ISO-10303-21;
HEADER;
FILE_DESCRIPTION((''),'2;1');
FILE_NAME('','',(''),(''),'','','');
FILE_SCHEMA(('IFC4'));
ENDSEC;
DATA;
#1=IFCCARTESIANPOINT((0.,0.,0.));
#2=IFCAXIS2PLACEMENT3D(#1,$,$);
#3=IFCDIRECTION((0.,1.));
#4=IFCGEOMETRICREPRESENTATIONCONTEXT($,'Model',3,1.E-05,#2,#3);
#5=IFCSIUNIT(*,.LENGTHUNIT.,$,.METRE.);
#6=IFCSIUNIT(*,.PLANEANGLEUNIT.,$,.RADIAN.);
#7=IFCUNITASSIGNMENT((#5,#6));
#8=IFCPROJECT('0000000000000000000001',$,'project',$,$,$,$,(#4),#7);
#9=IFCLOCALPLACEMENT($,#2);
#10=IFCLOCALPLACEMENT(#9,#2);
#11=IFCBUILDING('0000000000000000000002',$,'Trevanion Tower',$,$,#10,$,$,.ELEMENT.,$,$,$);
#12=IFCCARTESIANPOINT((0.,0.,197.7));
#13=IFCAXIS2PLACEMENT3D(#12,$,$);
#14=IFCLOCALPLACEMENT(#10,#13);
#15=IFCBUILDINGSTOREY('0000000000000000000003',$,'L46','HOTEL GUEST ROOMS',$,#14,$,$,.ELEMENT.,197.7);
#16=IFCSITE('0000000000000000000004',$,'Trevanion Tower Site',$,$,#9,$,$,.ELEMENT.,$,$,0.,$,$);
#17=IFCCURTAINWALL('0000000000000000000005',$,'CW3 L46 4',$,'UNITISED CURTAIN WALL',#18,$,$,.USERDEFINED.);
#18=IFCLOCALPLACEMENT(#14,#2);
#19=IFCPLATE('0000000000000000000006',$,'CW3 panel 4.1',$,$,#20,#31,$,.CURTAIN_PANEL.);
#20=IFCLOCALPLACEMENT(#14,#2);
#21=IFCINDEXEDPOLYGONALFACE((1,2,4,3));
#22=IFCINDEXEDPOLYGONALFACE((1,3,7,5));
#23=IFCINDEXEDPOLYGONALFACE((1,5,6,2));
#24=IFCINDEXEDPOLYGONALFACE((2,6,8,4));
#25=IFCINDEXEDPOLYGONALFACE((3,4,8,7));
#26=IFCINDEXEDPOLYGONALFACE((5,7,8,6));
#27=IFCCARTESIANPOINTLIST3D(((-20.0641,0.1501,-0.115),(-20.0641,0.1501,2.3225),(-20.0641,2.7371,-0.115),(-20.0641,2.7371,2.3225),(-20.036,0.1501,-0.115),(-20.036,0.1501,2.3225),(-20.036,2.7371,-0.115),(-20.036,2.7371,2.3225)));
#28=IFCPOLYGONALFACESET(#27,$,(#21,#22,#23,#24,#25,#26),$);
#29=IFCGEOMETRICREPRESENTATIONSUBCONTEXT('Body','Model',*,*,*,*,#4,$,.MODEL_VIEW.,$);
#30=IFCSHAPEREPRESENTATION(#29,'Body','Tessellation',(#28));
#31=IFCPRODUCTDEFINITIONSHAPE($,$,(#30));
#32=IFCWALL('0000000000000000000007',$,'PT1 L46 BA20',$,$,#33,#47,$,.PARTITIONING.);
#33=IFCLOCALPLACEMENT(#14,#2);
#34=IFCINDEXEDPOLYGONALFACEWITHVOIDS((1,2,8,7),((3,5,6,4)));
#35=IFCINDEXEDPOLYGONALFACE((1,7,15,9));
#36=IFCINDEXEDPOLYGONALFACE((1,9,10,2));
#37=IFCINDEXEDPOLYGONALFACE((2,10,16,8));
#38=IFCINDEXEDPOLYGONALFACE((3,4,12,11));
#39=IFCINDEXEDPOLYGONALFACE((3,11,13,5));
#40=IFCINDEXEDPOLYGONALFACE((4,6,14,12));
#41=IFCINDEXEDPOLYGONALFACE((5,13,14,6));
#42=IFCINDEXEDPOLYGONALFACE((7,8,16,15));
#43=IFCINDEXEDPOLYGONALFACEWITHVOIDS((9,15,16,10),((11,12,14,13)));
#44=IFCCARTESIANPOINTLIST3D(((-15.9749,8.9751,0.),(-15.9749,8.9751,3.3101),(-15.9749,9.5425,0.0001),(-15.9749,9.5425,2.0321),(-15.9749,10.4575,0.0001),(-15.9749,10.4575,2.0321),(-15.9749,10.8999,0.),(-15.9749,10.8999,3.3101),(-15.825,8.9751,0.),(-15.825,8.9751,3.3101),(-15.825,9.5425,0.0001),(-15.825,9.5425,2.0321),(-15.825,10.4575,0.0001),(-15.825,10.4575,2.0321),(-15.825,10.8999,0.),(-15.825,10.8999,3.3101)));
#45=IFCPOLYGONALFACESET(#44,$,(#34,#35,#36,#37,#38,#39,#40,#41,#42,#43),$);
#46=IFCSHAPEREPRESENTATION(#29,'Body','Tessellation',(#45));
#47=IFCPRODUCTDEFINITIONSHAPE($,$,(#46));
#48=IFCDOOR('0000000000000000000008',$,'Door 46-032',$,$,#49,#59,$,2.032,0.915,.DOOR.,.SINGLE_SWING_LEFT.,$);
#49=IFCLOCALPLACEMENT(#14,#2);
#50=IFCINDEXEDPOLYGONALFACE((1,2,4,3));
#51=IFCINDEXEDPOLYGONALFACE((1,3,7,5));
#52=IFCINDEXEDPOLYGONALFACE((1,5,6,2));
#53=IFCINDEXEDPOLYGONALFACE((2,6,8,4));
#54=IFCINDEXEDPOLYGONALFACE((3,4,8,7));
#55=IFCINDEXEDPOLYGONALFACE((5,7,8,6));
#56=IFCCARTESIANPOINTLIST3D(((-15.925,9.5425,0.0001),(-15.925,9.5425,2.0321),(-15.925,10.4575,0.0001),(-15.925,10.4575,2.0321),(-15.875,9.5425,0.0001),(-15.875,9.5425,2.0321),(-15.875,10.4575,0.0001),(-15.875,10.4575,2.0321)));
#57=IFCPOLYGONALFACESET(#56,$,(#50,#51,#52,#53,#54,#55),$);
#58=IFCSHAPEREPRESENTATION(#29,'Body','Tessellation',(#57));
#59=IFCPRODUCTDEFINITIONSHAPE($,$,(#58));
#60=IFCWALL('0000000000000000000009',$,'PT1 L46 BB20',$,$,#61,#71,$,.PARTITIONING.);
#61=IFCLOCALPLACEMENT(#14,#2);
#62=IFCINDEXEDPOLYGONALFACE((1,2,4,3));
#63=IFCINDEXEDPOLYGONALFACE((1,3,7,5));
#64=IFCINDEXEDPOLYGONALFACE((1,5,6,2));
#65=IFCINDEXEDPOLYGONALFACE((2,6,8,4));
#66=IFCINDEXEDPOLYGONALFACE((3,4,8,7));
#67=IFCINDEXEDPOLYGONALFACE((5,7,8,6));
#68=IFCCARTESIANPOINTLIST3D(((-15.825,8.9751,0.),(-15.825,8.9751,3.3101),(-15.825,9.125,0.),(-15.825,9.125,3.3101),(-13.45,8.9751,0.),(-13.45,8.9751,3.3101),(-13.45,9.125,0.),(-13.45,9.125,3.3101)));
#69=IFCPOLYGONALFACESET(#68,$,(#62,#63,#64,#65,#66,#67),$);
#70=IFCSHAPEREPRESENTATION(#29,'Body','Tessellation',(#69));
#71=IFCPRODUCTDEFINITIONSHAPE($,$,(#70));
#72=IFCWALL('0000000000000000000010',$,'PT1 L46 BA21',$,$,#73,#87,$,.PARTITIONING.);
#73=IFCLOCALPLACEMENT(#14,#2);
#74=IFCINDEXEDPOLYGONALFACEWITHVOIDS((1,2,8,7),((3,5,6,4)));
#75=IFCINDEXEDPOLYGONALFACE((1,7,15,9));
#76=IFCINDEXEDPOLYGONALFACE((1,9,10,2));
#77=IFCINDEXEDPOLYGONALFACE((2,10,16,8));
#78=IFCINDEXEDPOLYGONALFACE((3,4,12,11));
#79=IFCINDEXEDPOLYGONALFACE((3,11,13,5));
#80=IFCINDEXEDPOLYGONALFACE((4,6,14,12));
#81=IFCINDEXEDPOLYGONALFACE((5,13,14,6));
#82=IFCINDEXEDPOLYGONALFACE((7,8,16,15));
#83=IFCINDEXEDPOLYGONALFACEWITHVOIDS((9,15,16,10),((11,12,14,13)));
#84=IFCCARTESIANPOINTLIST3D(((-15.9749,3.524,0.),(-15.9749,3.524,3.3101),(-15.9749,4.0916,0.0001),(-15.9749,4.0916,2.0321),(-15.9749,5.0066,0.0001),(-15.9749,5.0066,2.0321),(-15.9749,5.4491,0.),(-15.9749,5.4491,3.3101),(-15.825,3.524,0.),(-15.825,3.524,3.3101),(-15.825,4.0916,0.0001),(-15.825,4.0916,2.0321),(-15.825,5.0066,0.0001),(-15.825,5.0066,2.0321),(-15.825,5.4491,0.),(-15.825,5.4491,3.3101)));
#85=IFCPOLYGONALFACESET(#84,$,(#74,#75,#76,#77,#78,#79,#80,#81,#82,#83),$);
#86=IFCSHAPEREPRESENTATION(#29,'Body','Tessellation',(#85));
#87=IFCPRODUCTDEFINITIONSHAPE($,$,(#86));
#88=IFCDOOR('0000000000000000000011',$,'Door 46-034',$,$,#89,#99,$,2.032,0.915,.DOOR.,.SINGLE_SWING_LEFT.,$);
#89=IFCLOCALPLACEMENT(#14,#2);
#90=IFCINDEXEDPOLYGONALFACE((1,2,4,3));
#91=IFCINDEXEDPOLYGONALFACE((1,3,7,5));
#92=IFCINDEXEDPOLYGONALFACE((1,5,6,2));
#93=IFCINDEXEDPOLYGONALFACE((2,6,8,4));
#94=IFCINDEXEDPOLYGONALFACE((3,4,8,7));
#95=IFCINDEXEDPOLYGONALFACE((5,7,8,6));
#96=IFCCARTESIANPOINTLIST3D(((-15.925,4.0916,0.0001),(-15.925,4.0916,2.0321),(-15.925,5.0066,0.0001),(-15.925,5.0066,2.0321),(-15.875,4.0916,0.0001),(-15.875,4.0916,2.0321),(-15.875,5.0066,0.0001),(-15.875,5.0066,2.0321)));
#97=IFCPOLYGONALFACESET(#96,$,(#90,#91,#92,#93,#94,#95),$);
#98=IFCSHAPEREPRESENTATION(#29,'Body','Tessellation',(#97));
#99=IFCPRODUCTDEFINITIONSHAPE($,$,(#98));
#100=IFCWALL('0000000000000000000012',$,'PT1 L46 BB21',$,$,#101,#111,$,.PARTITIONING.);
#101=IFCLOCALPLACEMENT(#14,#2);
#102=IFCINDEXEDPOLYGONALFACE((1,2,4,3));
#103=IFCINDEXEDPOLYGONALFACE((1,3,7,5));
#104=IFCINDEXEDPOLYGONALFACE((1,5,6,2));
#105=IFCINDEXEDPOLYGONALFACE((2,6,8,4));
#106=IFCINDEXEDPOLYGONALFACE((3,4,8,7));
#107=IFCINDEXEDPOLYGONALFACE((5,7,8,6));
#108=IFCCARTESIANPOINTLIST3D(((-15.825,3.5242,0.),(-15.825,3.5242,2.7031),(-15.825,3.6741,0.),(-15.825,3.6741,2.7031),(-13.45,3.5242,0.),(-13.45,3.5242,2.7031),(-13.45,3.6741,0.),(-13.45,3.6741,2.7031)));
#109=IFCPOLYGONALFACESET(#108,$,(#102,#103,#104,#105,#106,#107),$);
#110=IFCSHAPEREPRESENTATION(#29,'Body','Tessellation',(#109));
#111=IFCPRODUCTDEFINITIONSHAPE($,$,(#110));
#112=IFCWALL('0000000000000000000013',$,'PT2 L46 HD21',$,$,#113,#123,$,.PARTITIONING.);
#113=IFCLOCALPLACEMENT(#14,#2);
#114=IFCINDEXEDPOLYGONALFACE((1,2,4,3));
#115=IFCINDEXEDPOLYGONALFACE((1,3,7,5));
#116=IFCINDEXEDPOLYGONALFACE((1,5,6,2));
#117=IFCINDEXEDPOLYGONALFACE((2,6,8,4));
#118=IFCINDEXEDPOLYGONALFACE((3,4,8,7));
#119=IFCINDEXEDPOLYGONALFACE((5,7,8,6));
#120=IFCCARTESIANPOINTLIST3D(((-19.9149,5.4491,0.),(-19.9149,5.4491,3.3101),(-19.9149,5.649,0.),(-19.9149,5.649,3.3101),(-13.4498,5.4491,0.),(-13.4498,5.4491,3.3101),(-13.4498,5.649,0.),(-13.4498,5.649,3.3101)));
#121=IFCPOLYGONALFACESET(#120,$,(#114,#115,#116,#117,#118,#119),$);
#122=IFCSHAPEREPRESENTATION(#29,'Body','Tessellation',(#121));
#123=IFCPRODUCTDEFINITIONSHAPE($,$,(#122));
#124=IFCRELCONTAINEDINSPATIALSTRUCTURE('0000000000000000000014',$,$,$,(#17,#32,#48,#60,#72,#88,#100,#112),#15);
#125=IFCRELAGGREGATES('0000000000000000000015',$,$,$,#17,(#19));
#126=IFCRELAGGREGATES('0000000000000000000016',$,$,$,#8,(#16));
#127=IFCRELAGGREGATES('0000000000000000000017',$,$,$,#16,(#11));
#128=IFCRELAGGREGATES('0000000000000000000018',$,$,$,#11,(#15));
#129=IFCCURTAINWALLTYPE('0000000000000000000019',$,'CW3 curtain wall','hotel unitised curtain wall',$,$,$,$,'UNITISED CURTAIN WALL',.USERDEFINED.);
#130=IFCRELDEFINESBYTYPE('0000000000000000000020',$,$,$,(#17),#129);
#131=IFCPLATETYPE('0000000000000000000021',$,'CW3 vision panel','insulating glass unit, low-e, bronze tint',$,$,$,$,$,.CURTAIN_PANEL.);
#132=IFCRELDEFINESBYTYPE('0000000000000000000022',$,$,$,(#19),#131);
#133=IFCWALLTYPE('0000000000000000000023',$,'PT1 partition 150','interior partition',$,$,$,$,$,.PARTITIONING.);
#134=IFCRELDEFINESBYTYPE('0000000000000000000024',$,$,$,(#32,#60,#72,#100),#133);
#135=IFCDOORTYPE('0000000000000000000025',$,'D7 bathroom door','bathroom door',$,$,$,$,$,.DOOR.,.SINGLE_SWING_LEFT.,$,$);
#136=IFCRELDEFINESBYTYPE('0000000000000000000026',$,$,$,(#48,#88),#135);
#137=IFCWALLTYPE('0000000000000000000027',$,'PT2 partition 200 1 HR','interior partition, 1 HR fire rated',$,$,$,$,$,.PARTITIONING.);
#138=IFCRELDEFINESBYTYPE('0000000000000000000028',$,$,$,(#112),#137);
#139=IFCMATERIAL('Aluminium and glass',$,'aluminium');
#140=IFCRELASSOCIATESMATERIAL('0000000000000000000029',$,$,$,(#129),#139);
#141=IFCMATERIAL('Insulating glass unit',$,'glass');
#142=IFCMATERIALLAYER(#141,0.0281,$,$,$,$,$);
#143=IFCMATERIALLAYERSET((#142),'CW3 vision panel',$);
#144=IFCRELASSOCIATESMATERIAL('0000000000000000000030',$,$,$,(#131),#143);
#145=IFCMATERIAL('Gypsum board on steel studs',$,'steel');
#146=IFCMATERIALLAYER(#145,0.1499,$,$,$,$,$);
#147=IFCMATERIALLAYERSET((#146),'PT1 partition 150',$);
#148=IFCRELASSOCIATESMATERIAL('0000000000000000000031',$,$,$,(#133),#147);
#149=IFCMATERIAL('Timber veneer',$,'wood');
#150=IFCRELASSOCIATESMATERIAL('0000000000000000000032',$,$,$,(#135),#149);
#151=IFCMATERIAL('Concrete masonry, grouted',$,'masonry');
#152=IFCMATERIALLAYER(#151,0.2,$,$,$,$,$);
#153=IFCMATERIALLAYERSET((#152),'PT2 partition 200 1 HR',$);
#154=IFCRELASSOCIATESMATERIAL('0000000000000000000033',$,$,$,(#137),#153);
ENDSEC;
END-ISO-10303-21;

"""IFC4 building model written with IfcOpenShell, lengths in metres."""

from ifc_helpers import new_model, si_unit, direction, frame, frame_2d, origin, origin_2d, place, context, subcontext, project, spatial, rectangle, extrude, material, layer, layer_set, type_object, element, fill, aggregate, save


model = new_model("IFC4")

# Units and contexts
model_context = context("Model", 3, precision=1e-05, world=origin(), true_north=direction((0.0, 1.0)))
body_context = subcontext(model_context, "Body", "Model", "MODEL_VIEW")
ifc_project = project(units=[si_unit("LENGTHUNIT", "METRE"), si_unit("PLANEANGLEUNIT", "RADIAN")], contexts=[model_context])

# Site, building, storey
site_placement = place(None, origin())
site = spatial("IfcSite", under=ifc_project, at=site_placement, Name="Trevanion Tower Site", CompositionType="ELEMENT", RefElevation=0.0)
building_placement = place(site_placement, origin())
building = spatial("IfcBuilding", under=site, at=building_placement, Name="Trevanion Tower", CompositionType="ELEMENT")
storey_placement = place(building_placement, frame((0.0, 0.0, 197.7)))
storey = spatial("IfcBuildingStorey", under=building, at=storey_placement, Name="L46", Description="HOTEL GUEST ROOMS", CompositionType="ELEMENT", Elevation=197.7)

# Curtain wall
ifc_material_1 = material(Name="Aluminium and glass", Category="aluminium")
curtain_wall_type = type_object("IfcCurtainWallType", Name="CW3 curtain wall", Description="hotel unitised curtain wall", ElementType="UNITISED CURTAIN WALL", PredefinedType="USERDEFINED", material=ifc_material_1)
curtain_wall_placement = place(storey_placement, origin())
curtain_wall = element("IfcCurtainWall", 1, at=curtain_wall_placement, inside=storey, type_object=curtain_wall_type, Name="CW3 L46 4", ObjectType="UNITISED CURTAIN WALL", PredefinedType="USERDEFINED")

# Plate
ifc_material_2 = material(Name="Insulating glass unit", Category="glass")
ifc_layer_1 = layer(ifc_material_2, 0.0281)
ifc_layer_set_1 = layer_set([ifc_layer_1], Name="CW3 vision panel")
plate_type_1 = type_object("IfcPlateType", Name="CW3 vision panel", Description="insulating glass unit, low-e, bronze tint", PredefinedType="CURTAIN_PANEL", material=ifc_layer_set_1)
plate_1_placement = place(storey_placement, frame((-20.05, 1.4436, -0.115), z_axis=(0.0, 0.0, 1.0), x_axis=(0.0, -1.0, 0.0)))
plate_1 = element("IfcPlate", 2, at=plate_1_placement, type_object=plate_type_1, Name="CW3 panel 4.1", PredefinedType="CURTAIN_PANEL", context=body_context, shape_type="SweptSolid", body=[
    extrude(rectangle(XDim=2.5869, YDim=0.0281, at=origin_2d()), origin(), (0.0, 0.0, 1.0), 2.4375),
])
aggregate(curtain_wall, [plate_1])

# Wall, opening, door
ifc_material_3 = material(Name="Gypsum board on steel studs", Category="steel")
ifc_layer_2 = layer(ifc_material_3, 0.1499)
ifc_layer_set_2 = layer_set([ifc_layer_2], Name="PT1 partition 150")
wall_type_1 = type_object("IfcWallType", Name="PT1 partition 150", Description="interior partition", PredefinedType="PARTITIONING", material=ifc_layer_set_2)
wall_1_placement = place(storey_placement, frame((-15.8999, 10.8999, 0.0), z_axis=(0.0, 0.0, 1.0), x_axis=(0.0, -1.0, 0.0)))
wall_1 = element("IfcWall", 3, at=wall_1_placement, inside=storey, type_object=wall_type_1, Name="PT1 L46 BA20", PredefinedType="PARTITIONING", context=body_context, shape_type="SweptSolid", body=[
    extrude(rectangle(XDim=1.9248, YDim=0.1499, at=frame_2d((0.9624, 0.0))), origin(), (0.0, 0.0, 1.0), 3.3101),
])
opening_1_placement = place(wall_1_placement, frame((0.4424, 0.0, 0.0)))
opening_1 = element("IfcOpeningElement", 4, at=opening_1_placement, cuts=wall_1, PredefinedType="OPENING", context=body_context, shape_type="SweptSolid", body=[
    extrude(rectangle(XDim=0.915, YDim=2.032, at=frame_2d((0.4575, 1.0161))), frame((0.0, 0.085, 0.0), z_axis=(0.0, -1.0, 0.0), x_axis=(1.0, 0.0, 0.0)), (0.0, 0.0, 1.0), 0.1699),
])
ifc_material_4 = material(Name="Timber veneer", Category="wood")
door_type = type_object("IfcDoorType", Name="D7 bathroom door", Description="bathroom door", OperationType="SINGLE_SWING_LEFT", PredefinedType="DOOR", material=ifc_material_4)
door_1_placement = place(opening_1_placement, origin())
door_1 = element("IfcDoor", 5, at=door_1_placement, inside=storey, type_object=door_type, Name="Door 46-032", OperationType="SINGLE_SWING_LEFT", OverallHeight=2.032, OverallWidth=0.915, PredefinedType="DOOR", context=body_context, shape_type="SweptSolid", body=[
    extrude(rectangle(XDim=0.915, YDim=2.032, at=frame_2d((0.4575, 1.0161))), frame((0.0, 0.0249, 0.0), z_axis=(0.0, -1.0, 0.0), x_axis=(1.0, 0.0, 0.0)), (0.0, 0.0, 1.0), 0.05),
])
fill(opening_1, door_1)

# Wall
wall_2_placement = place(storey_placement, frame((-13.45, 9.05, 0.0), z_axis=(0.0, 0.0, 1.0), x_axis=(-1.0, 0.0, 0.0)))
element("IfcWall", 6, at=wall_2_placement, inside=storey, type_object=wall_type_1, Name="PT1 L46 BB20", PredefinedType="PARTITIONING", context=body_context, shape_type="SweptSolid", body=[
    extrude(rectangle(XDim=2.375, YDim=0.1499, at=frame_2d((1.1875, 0.0))), origin(), (0.0, 0.0, 1.0), 3.3101),
])

# Wall, opening, door
wall_3_placement = place(storey_placement, frame((-15.8999, 5.449, 0.0), z_axis=(0.0, 0.0, 1.0), x_axis=(0.0, -1.0, 0.0)))
wall_3 = element("IfcWall", 7, at=wall_3_placement, inside=storey, type_object=wall_type_1, Name="PT1 L46 BA21", PredefinedType="PARTITIONING", context=body_context, shape_type="SweptSolid", body=[
    extrude(rectangle(XDim=1.925, YDim=0.1499, at=frame_2d((0.9624, 0.0))), origin(), (0.0, 0.0, 1.0), 3.3101),
])
opening_2_placement = place(wall_3_placement, frame((0.4424, 0.0, 0.0)))
opening_2 = element("IfcOpeningElement", 8, at=opening_2_placement, cuts=wall_3, PredefinedType="OPENING", context=body_context, shape_type="SweptSolid", body=[
    extrude(rectangle(XDim=0.915, YDim=2.032, at=frame_2d((0.4575, 1.0161))), frame((0.0, 0.085, 0.0), z_axis=(0.0, -1.0, 0.0), x_axis=(1.0, 0.0, 0.0)), (0.0, 0.0, 1.0), 0.1699),
])
door_2_placement = place(opening_2_placement, origin())
door_2 = element("IfcDoor", 9, at=door_2_placement, inside=storey, type_object=door_type, Name="Door 46-034", OperationType="SINGLE_SWING_LEFT", OverallHeight=2.032, OverallWidth=0.915, PredefinedType="DOOR", context=body_context, shape_type="SweptSolid", body=[
    extrude(rectangle(XDim=0.915, YDim=2.032, at=frame_2d((0.4575, 1.0161))), frame((0.0, 0.0249, 0.0), z_axis=(0.0, -1.0, 0.0), x_axis=(1.0, 0.0, 0.0)), (0.0, 0.0, 1.0), 0.05),
])
fill(opening_2, door_2)

# Walls
wall_4_placement = place(storey_placement, frame((-13.45, 3.5991, 0.0), z_axis=(0.0, 0.0, 1.0), x_axis=(-1.0, 0.0, 0.0)))
element("IfcWall", 10, at=wall_4_placement, inside=storey, type_object=wall_type_1, Name="PT1 L46 BB21", PredefinedType="PARTITIONING", context=body_context, shape_type="SweptSolid", body=[
    extrude(rectangle(XDim=2.375, YDim=0.1499, at=frame_2d((1.1875, 0.0))), origin(), (0.0, 0.0, 1.0), 2.7031),
])
ifc_material_5 = material(Name="Concrete masonry, grouted", Category="masonry")
ifc_layer_3 = layer(ifc_material_5, 0.2)
ifc_layer_set_3 = layer_set([ifc_layer_3], Name="PT2 partition 200 1 HR")
wall_type_2 = type_object("IfcWallType", Name="PT2 partition 200 1 HR", Description="interior partition, 1 HR fire rated", PredefinedType="PARTITIONING", material=ifc_layer_set_3)
wall_5_placement = place(storey_placement, frame((-13.45, 5.5491, 0.0), z_axis=(0.0, 0.0, 1.0), x_axis=(-1.0, 0.0, 0.0)))
element("IfcWall", 11, at=wall_5_placement, inside=storey, type_object=wall_type_2, Name="PT2 L46 HD21", PredefinedType="PARTITIONING", context=body_context, shape_type="SweptSolid", body=[
    extrude(rectangle(XDim=6.4651, YDim=0.2, at=frame_2d((3.2324, 0.0))), origin(), (0.0, 0.0, 1.0), 3.3101),
])

save(model, "model.ifc")
